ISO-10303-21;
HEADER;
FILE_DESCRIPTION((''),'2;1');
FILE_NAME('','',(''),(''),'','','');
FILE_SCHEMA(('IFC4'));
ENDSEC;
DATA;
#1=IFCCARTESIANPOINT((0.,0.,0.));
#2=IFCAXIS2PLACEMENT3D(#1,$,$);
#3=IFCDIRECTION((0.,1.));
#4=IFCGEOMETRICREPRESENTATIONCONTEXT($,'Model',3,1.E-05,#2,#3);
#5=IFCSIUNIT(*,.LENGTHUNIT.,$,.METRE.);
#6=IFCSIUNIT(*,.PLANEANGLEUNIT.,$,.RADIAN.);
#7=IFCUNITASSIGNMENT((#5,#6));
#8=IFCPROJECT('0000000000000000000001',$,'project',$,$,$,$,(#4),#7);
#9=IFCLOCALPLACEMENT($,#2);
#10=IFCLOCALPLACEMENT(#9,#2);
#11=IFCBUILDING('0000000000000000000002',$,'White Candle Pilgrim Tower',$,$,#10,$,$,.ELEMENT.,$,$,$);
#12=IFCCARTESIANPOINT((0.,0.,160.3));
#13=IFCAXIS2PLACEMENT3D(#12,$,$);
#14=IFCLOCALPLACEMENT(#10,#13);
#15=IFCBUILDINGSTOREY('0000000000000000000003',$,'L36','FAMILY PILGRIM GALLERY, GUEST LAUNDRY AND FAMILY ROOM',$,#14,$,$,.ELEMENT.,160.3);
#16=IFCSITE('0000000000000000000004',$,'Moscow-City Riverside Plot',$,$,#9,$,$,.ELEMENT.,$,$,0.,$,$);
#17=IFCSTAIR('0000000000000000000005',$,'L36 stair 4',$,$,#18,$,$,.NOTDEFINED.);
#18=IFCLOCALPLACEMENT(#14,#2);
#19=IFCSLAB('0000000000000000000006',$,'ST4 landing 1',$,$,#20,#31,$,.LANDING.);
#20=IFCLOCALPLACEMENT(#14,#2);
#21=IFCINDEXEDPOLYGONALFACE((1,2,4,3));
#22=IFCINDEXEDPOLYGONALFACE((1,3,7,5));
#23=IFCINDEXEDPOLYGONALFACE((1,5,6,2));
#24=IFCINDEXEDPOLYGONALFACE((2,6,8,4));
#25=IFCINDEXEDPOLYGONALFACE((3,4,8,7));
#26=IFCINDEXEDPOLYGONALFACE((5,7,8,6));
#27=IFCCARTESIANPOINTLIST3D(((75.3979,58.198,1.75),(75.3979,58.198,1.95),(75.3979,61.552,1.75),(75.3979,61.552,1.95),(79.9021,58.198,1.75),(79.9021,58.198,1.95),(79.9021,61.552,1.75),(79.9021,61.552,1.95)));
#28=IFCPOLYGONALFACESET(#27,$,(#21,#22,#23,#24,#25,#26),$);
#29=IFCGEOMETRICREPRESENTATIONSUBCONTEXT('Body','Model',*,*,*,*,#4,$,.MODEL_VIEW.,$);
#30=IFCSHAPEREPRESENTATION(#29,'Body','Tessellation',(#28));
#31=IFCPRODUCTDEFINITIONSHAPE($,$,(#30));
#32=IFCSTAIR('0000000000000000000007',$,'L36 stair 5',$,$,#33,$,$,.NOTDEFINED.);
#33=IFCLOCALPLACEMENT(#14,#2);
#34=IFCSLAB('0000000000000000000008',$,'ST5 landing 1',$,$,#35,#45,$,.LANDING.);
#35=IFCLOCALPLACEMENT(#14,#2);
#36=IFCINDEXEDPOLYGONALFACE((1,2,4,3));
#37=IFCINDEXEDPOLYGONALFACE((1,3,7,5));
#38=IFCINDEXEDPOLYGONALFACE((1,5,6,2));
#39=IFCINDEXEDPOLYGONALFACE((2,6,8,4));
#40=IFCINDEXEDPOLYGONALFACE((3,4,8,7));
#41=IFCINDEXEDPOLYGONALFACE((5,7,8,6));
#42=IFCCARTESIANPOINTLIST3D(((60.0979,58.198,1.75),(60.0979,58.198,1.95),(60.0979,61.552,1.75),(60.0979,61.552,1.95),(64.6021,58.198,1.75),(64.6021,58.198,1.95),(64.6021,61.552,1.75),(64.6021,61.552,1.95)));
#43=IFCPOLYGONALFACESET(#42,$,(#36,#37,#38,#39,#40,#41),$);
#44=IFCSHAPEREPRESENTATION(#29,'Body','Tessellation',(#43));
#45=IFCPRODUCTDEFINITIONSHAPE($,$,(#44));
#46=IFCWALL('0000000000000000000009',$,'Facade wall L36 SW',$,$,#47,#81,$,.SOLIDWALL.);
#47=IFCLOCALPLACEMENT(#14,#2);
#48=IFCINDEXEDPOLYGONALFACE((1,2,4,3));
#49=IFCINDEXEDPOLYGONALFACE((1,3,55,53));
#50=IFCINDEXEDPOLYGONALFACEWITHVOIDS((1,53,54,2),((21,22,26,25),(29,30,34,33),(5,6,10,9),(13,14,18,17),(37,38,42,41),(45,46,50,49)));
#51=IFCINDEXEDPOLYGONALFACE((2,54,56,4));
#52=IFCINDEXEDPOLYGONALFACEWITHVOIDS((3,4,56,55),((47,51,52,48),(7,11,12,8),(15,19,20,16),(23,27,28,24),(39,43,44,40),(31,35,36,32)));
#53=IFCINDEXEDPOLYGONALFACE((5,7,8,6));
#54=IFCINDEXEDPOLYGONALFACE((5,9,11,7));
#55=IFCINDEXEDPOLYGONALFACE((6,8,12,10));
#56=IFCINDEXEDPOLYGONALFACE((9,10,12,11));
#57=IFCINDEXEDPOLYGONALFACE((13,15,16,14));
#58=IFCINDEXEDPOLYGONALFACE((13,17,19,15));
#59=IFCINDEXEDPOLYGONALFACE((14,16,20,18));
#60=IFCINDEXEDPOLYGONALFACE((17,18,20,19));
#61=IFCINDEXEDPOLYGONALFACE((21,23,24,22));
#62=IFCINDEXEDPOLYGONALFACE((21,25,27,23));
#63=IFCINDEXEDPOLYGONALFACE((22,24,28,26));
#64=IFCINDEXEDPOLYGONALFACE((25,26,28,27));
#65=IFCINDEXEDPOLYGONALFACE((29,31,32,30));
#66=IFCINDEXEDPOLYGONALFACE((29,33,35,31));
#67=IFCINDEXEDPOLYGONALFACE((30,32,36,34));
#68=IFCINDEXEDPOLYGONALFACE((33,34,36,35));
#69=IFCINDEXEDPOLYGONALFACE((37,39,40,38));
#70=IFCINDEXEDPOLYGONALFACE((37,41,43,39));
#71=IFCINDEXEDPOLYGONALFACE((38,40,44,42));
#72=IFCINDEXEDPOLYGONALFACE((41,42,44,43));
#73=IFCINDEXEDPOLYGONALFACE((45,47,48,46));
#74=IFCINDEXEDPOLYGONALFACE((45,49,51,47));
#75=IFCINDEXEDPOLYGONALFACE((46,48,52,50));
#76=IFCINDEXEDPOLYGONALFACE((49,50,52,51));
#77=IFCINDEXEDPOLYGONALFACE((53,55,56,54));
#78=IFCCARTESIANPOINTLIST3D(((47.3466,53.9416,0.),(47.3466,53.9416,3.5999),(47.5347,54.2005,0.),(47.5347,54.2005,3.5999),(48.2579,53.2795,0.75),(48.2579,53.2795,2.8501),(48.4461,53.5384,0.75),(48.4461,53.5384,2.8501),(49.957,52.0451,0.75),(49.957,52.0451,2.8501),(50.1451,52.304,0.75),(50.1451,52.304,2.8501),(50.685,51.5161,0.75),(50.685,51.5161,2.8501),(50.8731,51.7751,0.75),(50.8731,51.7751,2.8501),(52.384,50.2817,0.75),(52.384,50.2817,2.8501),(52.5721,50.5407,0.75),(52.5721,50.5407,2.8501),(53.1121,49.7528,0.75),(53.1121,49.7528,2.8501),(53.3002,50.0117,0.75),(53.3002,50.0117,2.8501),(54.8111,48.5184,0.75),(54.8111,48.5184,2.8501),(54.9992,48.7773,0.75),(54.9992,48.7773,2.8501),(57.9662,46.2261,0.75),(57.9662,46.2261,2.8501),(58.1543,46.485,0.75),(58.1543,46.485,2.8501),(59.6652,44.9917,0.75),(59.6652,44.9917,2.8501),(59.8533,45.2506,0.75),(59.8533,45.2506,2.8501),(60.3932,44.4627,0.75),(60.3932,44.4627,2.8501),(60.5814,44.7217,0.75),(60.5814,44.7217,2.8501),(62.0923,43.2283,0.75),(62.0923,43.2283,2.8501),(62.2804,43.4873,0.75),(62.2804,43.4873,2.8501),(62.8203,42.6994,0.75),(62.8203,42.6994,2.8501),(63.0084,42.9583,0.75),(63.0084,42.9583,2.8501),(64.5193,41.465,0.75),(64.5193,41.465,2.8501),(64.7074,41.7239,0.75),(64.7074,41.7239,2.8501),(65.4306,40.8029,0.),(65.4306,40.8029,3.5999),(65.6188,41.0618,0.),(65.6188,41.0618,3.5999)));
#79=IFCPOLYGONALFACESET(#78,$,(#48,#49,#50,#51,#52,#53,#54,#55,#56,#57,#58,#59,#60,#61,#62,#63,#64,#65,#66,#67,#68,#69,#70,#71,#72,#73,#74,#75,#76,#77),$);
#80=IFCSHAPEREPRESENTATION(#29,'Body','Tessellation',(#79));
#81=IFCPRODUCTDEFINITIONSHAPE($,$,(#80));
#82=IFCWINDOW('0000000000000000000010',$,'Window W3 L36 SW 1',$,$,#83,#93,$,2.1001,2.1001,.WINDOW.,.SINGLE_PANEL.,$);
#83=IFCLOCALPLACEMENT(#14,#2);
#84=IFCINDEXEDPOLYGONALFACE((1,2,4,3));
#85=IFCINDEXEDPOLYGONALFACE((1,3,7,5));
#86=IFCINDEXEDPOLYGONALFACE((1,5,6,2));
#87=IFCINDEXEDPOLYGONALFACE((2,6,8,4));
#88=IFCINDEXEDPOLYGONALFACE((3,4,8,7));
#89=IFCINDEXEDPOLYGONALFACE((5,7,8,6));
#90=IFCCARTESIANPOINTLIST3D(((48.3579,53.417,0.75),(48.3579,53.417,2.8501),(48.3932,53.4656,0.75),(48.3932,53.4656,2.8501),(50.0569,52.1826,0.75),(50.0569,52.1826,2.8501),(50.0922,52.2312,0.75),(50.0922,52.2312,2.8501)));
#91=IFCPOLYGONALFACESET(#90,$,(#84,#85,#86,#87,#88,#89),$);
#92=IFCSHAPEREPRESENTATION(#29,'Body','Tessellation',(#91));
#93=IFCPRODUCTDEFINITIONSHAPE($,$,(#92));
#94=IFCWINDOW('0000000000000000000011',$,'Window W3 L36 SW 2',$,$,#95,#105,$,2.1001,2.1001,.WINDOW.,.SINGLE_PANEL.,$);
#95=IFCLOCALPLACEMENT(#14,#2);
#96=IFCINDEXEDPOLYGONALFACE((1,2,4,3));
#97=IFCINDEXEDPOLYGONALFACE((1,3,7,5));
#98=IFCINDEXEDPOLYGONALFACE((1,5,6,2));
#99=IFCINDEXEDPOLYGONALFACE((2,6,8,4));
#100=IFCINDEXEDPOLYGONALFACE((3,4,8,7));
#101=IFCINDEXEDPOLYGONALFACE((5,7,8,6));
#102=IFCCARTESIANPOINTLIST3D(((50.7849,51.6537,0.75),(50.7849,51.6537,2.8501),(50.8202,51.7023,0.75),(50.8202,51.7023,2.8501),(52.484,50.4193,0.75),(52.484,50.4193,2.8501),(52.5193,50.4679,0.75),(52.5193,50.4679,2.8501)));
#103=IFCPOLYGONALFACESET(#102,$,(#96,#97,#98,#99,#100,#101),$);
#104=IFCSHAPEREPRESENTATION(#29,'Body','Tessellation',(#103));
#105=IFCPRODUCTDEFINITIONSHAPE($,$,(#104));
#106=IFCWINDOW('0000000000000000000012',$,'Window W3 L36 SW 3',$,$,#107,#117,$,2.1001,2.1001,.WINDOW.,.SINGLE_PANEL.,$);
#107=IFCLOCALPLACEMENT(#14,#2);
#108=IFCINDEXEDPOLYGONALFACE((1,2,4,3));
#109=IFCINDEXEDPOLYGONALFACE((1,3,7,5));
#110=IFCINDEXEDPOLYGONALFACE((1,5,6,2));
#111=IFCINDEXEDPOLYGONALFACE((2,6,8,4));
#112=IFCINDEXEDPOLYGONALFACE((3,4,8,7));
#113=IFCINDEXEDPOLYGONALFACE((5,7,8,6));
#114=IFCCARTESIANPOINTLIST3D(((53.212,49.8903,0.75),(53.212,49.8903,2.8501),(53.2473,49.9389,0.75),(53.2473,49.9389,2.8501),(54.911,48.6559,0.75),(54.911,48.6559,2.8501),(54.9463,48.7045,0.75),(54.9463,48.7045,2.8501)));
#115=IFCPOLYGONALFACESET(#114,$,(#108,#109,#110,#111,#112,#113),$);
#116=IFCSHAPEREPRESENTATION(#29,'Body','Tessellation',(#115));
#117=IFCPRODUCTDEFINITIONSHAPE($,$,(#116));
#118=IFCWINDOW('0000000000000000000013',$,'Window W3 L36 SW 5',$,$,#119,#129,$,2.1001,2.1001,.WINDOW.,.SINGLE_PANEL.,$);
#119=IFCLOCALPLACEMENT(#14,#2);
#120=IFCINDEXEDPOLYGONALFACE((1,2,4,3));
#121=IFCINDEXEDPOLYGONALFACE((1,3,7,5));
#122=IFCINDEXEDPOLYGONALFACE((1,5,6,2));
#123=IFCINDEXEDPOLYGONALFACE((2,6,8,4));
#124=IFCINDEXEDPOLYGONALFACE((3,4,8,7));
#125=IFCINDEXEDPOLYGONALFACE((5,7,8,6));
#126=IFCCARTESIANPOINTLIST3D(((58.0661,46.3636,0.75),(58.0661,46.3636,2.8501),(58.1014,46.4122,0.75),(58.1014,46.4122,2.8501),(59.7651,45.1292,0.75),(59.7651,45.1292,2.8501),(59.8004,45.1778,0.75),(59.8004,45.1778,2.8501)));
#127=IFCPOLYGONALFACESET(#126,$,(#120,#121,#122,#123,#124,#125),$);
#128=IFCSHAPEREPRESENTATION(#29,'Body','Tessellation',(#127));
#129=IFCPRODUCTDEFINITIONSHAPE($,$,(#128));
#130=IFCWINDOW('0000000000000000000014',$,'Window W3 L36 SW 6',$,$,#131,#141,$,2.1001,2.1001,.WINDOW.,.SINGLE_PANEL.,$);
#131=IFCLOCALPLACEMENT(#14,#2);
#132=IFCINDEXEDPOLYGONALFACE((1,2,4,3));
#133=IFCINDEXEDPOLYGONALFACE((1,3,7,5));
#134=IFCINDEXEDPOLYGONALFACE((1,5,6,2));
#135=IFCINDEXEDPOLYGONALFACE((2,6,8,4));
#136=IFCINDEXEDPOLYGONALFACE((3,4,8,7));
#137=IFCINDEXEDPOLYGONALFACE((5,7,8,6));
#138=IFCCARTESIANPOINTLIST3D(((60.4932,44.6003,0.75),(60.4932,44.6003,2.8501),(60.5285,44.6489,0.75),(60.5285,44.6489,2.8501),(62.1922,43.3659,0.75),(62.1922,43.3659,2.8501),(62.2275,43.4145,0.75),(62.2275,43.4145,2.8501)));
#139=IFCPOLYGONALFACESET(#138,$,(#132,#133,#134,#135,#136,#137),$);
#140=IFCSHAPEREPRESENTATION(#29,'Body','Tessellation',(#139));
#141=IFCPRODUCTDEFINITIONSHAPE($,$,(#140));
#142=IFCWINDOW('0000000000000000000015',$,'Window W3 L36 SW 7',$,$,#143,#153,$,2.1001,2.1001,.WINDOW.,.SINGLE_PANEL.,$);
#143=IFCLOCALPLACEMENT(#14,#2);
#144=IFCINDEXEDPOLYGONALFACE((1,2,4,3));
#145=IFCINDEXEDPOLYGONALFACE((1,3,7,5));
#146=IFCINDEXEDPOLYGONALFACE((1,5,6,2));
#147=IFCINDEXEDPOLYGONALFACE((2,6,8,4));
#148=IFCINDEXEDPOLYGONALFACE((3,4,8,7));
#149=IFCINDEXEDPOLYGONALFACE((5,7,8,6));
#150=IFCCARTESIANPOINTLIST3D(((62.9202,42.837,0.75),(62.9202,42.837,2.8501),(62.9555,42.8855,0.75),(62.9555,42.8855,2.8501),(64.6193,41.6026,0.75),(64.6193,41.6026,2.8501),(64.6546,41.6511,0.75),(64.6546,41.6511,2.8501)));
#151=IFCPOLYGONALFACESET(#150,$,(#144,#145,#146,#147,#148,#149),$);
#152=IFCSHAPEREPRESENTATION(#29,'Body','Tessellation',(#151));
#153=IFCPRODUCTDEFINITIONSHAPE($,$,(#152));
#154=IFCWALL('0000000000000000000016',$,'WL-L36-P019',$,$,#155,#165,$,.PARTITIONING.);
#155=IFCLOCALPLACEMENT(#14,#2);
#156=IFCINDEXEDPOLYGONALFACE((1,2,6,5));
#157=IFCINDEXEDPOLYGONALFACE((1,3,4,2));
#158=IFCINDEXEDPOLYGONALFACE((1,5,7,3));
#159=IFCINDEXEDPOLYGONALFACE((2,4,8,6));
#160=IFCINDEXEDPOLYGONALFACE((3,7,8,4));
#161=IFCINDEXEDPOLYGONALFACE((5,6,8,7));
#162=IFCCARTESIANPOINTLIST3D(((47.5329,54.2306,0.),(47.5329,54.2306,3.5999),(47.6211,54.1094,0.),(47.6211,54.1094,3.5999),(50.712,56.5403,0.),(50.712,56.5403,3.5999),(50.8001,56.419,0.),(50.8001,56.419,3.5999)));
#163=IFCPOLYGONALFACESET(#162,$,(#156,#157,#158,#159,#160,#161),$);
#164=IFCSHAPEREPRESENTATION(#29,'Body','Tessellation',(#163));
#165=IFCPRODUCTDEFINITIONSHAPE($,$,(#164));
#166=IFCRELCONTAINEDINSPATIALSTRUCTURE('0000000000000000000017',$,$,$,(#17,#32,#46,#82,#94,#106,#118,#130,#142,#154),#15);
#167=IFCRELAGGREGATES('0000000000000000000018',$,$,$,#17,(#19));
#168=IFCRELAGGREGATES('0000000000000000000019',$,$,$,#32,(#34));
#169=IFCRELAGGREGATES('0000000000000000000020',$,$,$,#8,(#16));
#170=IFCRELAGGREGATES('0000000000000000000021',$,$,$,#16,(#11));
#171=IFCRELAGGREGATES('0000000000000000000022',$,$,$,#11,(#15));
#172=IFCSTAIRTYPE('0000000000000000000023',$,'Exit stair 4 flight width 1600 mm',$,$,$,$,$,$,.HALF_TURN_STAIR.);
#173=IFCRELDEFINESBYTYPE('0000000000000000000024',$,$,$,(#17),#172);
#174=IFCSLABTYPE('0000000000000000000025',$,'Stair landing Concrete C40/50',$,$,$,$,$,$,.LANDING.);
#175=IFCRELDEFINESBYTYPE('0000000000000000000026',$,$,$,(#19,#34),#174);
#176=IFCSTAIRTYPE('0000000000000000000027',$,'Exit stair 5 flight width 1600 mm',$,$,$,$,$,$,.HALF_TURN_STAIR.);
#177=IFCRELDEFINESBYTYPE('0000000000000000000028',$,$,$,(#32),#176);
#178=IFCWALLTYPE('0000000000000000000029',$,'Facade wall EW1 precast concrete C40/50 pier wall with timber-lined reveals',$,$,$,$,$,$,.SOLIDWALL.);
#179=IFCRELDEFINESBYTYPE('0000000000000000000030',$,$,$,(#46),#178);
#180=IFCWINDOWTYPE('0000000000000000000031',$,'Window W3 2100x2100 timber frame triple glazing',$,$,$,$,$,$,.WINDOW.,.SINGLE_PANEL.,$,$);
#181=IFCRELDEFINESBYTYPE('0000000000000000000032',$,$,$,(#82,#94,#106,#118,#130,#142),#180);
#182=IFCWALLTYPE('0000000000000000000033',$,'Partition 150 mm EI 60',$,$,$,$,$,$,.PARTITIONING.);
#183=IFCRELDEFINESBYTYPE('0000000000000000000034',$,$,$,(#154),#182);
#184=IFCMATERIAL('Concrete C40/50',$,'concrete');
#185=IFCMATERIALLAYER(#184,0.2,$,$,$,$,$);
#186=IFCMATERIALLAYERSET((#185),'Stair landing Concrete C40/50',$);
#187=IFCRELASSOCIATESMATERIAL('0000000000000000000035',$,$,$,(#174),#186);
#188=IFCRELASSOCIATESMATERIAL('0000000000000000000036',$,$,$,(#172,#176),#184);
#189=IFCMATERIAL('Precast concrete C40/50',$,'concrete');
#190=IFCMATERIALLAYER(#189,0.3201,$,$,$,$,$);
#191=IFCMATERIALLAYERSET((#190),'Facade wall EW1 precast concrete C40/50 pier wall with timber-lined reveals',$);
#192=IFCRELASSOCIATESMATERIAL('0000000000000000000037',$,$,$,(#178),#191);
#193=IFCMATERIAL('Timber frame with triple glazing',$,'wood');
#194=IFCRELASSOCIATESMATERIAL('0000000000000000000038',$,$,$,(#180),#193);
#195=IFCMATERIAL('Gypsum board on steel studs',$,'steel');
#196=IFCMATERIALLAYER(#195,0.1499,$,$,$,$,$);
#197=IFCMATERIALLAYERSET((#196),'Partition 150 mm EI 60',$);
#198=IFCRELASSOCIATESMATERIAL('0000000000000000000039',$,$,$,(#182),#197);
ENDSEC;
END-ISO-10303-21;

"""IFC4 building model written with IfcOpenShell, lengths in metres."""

from ifc_helpers import new_model, si_unit, direction, frame, frame_2d, origin, place, context, subcontext, project, spatial, polyline, rectangle, outline, extrude, material, layer, layer_set, type_object, element, fill, aggregate, save


model = new_model("IFC4")

# Units and contexts
model_context = context("Model", 3, precision=1e-05, world=origin(), true_north=direction((0.0, 1.0)))
body_context = subcontext(model_context, "Body", "Model", "MODEL_VIEW")
ifc_project = project(units=[si_unit("LENGTHUNIT", "METRE"), si_unit("PLANEANGLEUNIT", "RADIAN")], contexts=[model_context])

# Site, building, storey
site_placement = place(None, origin())
site = spatial("IfcSite", under=ifc_project, at=site_placement, Name="Moscow-City Riverside Plot", CompositionType="ELEMENT", RefElevation=0.0)
building_placement = place(site_placement, origin())
building = spatial("IfcBuilding", under=site, at=building_placement, Name="White Candle Pilgrim Tower", CompositionType="ELEMENT")
storey_placement = place(building_placement, frame((0.0, 0.0, 160.3)))
storey = spatial("IfcBuildingStorey", under=building, at=storey_placement, Name="L36", Description="FAMILY PILGRIM GALLERY, GUEST LAUNDRY AND FAMILY ROOM", CompositionType="ELEMENT", Elevation=160.3)

# Shared definitions
ifc_material_1 = material(Name="Concrete C40/50", Category="concrete")

# Stairs, slabs
ifc_layer_1 = layer(ifc_material_1, 0.2)
ifc_layer_set_1 = layer_set([ifc_layer_1], Name="Stair landing Concrete C40/50")
slab_type_1 = type_object("IfcSlabType", Name="Stair landing Concrete C40/50", PredefinedType="LANDING", material=ifc_layer_set_1)
stair_type_1 = type_object("IfcStairType", Name="Exit stair 4 flight width 1600 mm", PredefinedType="HALF_TURN_STAIR", material=ifc_material_1)
stair_1_placement = place(storey_placement, origin())
stair_1 = element("IfcStair", 1, at=stair_1_placement, inside=storey, type_object=stair_type_1, Name="L36 stair 4", PredefinedType="NOTDEFINED")
slab_1_placement = place(storey_placement, frame((0.0, 0.0, 1.75)))
slab_1 = element("IfcSlab", 2, at=slab_1_placement, type_object=slab_type_1, Name="ST4 landing 1", PredefinedType="LANDING", context=body_context, shape_type="SweptSolid", body=[
    extrude(outline(polyline([(79.9021, 61.552), (79.9021, 58.198), (75.3979, 58.198), (75.3979, 61.552), (79.9021, 61.552)])), origin(), (0.0, 0.0, 1.0), 0.2),
])
aggregate(stair_1, [slab_1])
stair_type_2 = type_object("IfcStairType", Name="Exit stair 5 flight width 1600 mm", PredefinedType="HALF_TURN_STAIR", material=ifc_material_1)
stair_2_placement = place(storey_placement, origin())
stair_2 = element("IfcStair", 3, at=stair_2_placement, inside=storey, type_object=stair_type_2, Name="L36 stair 5", PredefinedType="NOTDEFINED")
slab_2_placement = place(storey_placement, frame((0.0, 0.0, 1.75)))
slab_2 = element("IfcSlab", 4, at=slab_2_placement, type_object=slab_type_1, Name="ST5 landing 1", PredefinedType="LANDING", context=body_context, shape_type="SweptSolid", body=[
    extrude(outline(polyline([(60.0979, 58.198), (60.0979, 61.552), (64.6021, 61.552), (64.6021, 58.198), (60.0979, 58.198)])), origin(), (0.0, 0.0, 1.0), 0.2),
])
aggregate(stair_2, [slab_2])

# Wall, openings, windows
ifc_material_2 = material(Name="Precast concrete C40/50", Category="concrete")
ifc_layer_2 = layer(ifc_material_2, 0.3201)
ifc_layer_set_2 = layer_set([ifc_layer_2], Name="Facade wall EW1 precast concrete C40/50 pier wall with timber-lined reveals")
wall_type_1 = type_object("IfcWallType", Name="Facade wall EW1 precast concrete C40/50 pier wall with timber-lined reveals", PredefinedType="SOLIDWALL", material=ifc_layer_set_2)
wall_1_placement = place(storey_placement, frame((47.4407, 54.071, 0.0), z_axis=(0.0, 0.0, 1.0), x_axis=(0.809019, -0.587782, 0.0)))
wall_1 = element("IfcWall", 5, at=wall_1_placement, inside=storey, type_object=wall_type_1, Name="Facade wall L36 SW", PredefinedType="SOLIDWALL", context=body_context, shape_type="SweptSolid", body=[
    extrude(rectangle(XDim=22.353, YDim=0.3201, at=frame_2d((11.1765, 0.0))), origin(), (0.0, 0.0, 1.0), 3.5999),
])
opening_1_placement = place(wall_1_placement, frame((1.1265, 0.0, 0.75)))
opening_1 = element("IfcOpeningElement", 6, at=opening_1_placement, cuts=wall_1, PredefinedType="OPENING", context=body_context, shape_type="SweptSolid", body=[
    extrude(rectangle(XDim=2.1001, YDim=2.1001, at=frame_2d((1.05, 1.05))), frame((0.0, 0.1699, 0.0), z_axis=(0.0, -1.0, 0.0), x_axis=(1.0, 0.0, 0.0)), (0.0, 0.0, 1.0), 0.3401),
])
opening_2_placement = place(wall_1_placement, frame((4.1265, 0.0, 0.75)))
opening_2 = element("IfcOpeningElement", 7, at=opening_2_placement, cuts=wall_1, PredefinedType="OPENING", context=body_context, shape_type="SweptSolid", body=[
    extrude(rectangle(XDim=2.1001, YDim=2.1001, at=frame_2d((1.05, 1.05))), frame((0.0, 0.1699, 0.0), z_axis=(0.0, -1.0, 0.0), x_axis=(1.0, 0.0, 0.0)), (0.0, 0.0, 1.0), 0.3401),
])
opening_3_placement = place(wall_1_placement, frame((7.1265, 0.0, 0.75)))
opening_3 = element("IfcOpeningElement", 8, at=opening_3_placement, cuts=wall_1, PredefinedType="OPENING", context=body_context, shape_type="SweptSolid", body=[
    extrude(rectangle(XDim=2.1001, YDim=2.1001, at=frame_2d((1.05, 1.05))), frame((0.0, 0.1699, 0.0), z_axis=(0.0, -1.0, 0.0), x_axis=(1.0, 0.0, 0.0)), (0.0, 0.0, 1.0), 0.3401),
])
opening_4_placement = place(wall_1_placement, frame((13.1265, 0.0, 0.75)))
opening_4 = element("IfcOpeningElement", 9, at=opening_4_placement, cuts=wall_1, PredefinedType="OPENING", context=body_context, shape_type="SweptSolid", body=[
    extrude(rectangle(XDim=2.1001, YDim=2.1001, at=frame_2d((1.05, 1.05))), frame((0.0, 0.1699, 0.0), z_axis=(0.0, -1.0, 0.0), x_axis=(1.0, 0.0, 0.0)), (0.0, 0.0, 1.0), 0.3401),
])
opening_5_placement = place(wall_1_placement, frame((16.1265, 0.0, 0.75)))
opening_5 = element("IfcOpeningElement", 10, at=opening_5_placement, cuts=wall_1, PredefinedType="OPENING", context=body_context, shape_type="SweptSolid", body=[
    extrude(rectangle(XDim=2.1001, YDim=2.1001, at=frame_2d((1.05, 1.05))), frame((0.0, 0.1699, 0.0), z_axis=(0.0, -1.0, 0.0), x_axis=(1.0, 0.0, 0.0)), (0.0, 0.0, 1.0), 0.3401),
])
opening_6_placement = place(wall_1_placement, frame((19.1265, 0.0, 0.75)))
opening_6 = element("IfcOpeningElement", 11, at=opening_6_placement, cuts=wall_1, PredefinedType="OPENING", context=body_context, shape_type="SweptSolid", body=[
    extrude(rectangle(XDim=2.1001, YDim=2.1001, at=frame_2d((1.05, 1.05))), frame((0.0, 0.1699, 0.0), z_axis=(0.0, -1.0, 0.0), x_axis=(1.0, 0.0, 0.0)), (0.0, 0.0, 1.0), 0.3401),
])
ifc_material_3 = material(Name="Timber frame with triple glazing", Category="wood")
window_type = type_object("IfcWindowType", Name="Window W3 2100x2100 timber frame triple glazing", PartitioningType="SINGLE_PANEL", PredefinedType="WINDOW", material=ifc_material_3)
window_1_placement = place(opening_1_placement, origin())
window_1 = element("IfcWindow", 12, at=window_1_placement, inside=storey, type_object=window_type, Name="Window W3 L36 SW 1", OverallHeight=2.1001, OverallWidth=2.1001, PartitioningType="SINGLE_PANEL", PredefinedType="WINDOW", context=body_context, shape_type="SweptSolid", body=[
    extrude(rectangle(XDim=2.1001, YDim=2.1001, at=frame_2d((1.05, 1.05))), frame((0.0, 0.0701, 0.0), z_axis=(0.0, -1.0, 0.0), x_axis=(1.0, 0.0, 0.0)), (0.0, 0.0, 1.0), 0.0601),
])
fill(opening_1, window_1)
window_2_placement = place(opening_2_placement, origin())
window_2 = element("IfcWindow", 13, at=window_2_placement, inside=storey, type_object=window_type, Name="Window W3 L36 SW 2", OverallHeight=2.1001, OverallWidth=2.1001, PartitioningType="SINGLE_PANEL", PredefinedType="WINDOW", context=body_context, shape_type="SweptSolid", body=[
    extrude(rectangle(XDim=2.1001, YDim=2.1001, at=frame_2d((1.05, 1.05))), frame((0.0, 0.0701, 0.0), z_axis=(0.0, -1.0, 0.0), x_axis=(1.0, 0.0, 0.0)), (0.0, 0.0, 1.0), 0.0601),
])
fill(opening_2, window_2)
window_3_placement = place(opening_3_placement, origin())
window_3 = element("IfcWindow", 14, at=window_3_placement, inside=storey, type_object=window_type, Name="Window W3 L36 SW 3", OverallHeight=2.1001, OverallWidth=2.1001, PartitioningType="SINGLE_PANEL", PredefinedType="WINDOW", context=body_context, shape_type="SweptSolid", body=[
    extrude(rectangle(XDim=2.1001, YDim=2.1001, at=frame_2d((1.05, 1.05))), frame((0.0, 0.0701, 0.0), z_axis=(0.0, -1.0, 0.0), x_axis=(1.0, 0.0, 0.0)), (0.0, 0.0, 1.0), 0.0601),
])
fill(opening_3, window_3)
window_4_placement = place(opening_4_placement, origin())
window_4 = element("IfcWindow", 15, at=window_4_placement, inside=storey, type_object=window_type, Name="Window W3 L36 SW 5", OverallHeight=2.1001, OverallWidth=2.1001, PartitioningType="SINGLE_PANEL", PredefinedType="WINDOW", context=body_context, shape_type="SweptSolid", body=[
    extrude(rectangle(XDim=2.1001, YDim=2.1001, at=frame_2d((1.05, 1.05))), frame((0.0, 0.0701, 0.0), z_axis=(0.0, -1.0, 0.0), x_axis=(1.0, 0.0, 0.0)), (0.0, 0.0, 1.0), 0.0601),
])
fill(opening_4, window_4)
window_5_placement = place(opening_5_placement, origin())
window_5 = element("IfcWindow", 16, at=window_5_placement, inside=storey, type_object=window_type, Name="Window W3 L36 SW 6", OverallHeight=2.1001, OverallWidth=2.1001, PartitioningType="SINGLE_PANEL", PredefinedType="WINDOW", context=body_context, shape_type="SweptSolid", body=[
    extrude(rectangle(XDim=2.1001, YDim=2.1001, at=frame_2d((1.05, 1.05))), frame((0.0, 0.0701, 0.0), z_axis=(0.0, -1.0, 0.0), x_axis=(1.0, 0.0, 0.0)), (0.0, 0.0, 1.0), 0.0601),
])
fill(opening_5, window_5)
window_6_placement = place(opening_6_placement, origin())
window_6 = element("IfcWindow", 17, at=window_6_placement, inside=storey, type_object=window_type, Name="Window W3 L36 SW 7", OverallHeight=2.1001, OverallWidth=2.1001, PartitioningType="SINGLE_PANEL", PredefinedType="WINDOW", context=body_context, shape_type="SweptSolid", body=[
    extrude(rectangle(XDim=2.1001, YDim=2.1001, at=frame_2d((1.05, 1.05))), frame((0.0, 0.0701, 0.0), z_axis=(0.0, -1.0, 0.0), x_axis=(1.0, 0.0, 0.0)), (0.0, 0.0, 1.0), 0.0601),
])
fill(opening_6, window_6)

# Wall
ifc_material_4 = material(Name="Gypsum board on steel studs", Category="steel")
ifc_layer_3 = layer(ifc_material_4, 0.1499)
ifc_layer_set_3 = layer_set([ifc_layer_3], Name="Partition 150 mm EI 60")
wall_type_2 = type_object("IfcWallType", Name="Partition 150 mm EI 60", PredefinedType="PARTITIONING", material=ifc_layer_set_3)
wall_2_placement = place(storey_placement, frame((47.5769, 54.1699, 0.0), z_axis=(0.0, 0.0, 1.0), x_axis=(0.809026, 0.587773, 0.0)))
element("IfcWall", 18, at=wall_2_placement, inside=storey, type_object=wall_type_2, Name="WL-L36-P019", PredefinedType="PARTITIONING", context=body_context, shape_type="SweptSolid", body=[
    extrude(rectangle(XDim=3.9294, YDim=0.1499, at=frame_2d((1.9648, 0.0))), origin(), (0.0, 0.0, 1.0), 3.5999),
])

save(model, "model.ifc")
